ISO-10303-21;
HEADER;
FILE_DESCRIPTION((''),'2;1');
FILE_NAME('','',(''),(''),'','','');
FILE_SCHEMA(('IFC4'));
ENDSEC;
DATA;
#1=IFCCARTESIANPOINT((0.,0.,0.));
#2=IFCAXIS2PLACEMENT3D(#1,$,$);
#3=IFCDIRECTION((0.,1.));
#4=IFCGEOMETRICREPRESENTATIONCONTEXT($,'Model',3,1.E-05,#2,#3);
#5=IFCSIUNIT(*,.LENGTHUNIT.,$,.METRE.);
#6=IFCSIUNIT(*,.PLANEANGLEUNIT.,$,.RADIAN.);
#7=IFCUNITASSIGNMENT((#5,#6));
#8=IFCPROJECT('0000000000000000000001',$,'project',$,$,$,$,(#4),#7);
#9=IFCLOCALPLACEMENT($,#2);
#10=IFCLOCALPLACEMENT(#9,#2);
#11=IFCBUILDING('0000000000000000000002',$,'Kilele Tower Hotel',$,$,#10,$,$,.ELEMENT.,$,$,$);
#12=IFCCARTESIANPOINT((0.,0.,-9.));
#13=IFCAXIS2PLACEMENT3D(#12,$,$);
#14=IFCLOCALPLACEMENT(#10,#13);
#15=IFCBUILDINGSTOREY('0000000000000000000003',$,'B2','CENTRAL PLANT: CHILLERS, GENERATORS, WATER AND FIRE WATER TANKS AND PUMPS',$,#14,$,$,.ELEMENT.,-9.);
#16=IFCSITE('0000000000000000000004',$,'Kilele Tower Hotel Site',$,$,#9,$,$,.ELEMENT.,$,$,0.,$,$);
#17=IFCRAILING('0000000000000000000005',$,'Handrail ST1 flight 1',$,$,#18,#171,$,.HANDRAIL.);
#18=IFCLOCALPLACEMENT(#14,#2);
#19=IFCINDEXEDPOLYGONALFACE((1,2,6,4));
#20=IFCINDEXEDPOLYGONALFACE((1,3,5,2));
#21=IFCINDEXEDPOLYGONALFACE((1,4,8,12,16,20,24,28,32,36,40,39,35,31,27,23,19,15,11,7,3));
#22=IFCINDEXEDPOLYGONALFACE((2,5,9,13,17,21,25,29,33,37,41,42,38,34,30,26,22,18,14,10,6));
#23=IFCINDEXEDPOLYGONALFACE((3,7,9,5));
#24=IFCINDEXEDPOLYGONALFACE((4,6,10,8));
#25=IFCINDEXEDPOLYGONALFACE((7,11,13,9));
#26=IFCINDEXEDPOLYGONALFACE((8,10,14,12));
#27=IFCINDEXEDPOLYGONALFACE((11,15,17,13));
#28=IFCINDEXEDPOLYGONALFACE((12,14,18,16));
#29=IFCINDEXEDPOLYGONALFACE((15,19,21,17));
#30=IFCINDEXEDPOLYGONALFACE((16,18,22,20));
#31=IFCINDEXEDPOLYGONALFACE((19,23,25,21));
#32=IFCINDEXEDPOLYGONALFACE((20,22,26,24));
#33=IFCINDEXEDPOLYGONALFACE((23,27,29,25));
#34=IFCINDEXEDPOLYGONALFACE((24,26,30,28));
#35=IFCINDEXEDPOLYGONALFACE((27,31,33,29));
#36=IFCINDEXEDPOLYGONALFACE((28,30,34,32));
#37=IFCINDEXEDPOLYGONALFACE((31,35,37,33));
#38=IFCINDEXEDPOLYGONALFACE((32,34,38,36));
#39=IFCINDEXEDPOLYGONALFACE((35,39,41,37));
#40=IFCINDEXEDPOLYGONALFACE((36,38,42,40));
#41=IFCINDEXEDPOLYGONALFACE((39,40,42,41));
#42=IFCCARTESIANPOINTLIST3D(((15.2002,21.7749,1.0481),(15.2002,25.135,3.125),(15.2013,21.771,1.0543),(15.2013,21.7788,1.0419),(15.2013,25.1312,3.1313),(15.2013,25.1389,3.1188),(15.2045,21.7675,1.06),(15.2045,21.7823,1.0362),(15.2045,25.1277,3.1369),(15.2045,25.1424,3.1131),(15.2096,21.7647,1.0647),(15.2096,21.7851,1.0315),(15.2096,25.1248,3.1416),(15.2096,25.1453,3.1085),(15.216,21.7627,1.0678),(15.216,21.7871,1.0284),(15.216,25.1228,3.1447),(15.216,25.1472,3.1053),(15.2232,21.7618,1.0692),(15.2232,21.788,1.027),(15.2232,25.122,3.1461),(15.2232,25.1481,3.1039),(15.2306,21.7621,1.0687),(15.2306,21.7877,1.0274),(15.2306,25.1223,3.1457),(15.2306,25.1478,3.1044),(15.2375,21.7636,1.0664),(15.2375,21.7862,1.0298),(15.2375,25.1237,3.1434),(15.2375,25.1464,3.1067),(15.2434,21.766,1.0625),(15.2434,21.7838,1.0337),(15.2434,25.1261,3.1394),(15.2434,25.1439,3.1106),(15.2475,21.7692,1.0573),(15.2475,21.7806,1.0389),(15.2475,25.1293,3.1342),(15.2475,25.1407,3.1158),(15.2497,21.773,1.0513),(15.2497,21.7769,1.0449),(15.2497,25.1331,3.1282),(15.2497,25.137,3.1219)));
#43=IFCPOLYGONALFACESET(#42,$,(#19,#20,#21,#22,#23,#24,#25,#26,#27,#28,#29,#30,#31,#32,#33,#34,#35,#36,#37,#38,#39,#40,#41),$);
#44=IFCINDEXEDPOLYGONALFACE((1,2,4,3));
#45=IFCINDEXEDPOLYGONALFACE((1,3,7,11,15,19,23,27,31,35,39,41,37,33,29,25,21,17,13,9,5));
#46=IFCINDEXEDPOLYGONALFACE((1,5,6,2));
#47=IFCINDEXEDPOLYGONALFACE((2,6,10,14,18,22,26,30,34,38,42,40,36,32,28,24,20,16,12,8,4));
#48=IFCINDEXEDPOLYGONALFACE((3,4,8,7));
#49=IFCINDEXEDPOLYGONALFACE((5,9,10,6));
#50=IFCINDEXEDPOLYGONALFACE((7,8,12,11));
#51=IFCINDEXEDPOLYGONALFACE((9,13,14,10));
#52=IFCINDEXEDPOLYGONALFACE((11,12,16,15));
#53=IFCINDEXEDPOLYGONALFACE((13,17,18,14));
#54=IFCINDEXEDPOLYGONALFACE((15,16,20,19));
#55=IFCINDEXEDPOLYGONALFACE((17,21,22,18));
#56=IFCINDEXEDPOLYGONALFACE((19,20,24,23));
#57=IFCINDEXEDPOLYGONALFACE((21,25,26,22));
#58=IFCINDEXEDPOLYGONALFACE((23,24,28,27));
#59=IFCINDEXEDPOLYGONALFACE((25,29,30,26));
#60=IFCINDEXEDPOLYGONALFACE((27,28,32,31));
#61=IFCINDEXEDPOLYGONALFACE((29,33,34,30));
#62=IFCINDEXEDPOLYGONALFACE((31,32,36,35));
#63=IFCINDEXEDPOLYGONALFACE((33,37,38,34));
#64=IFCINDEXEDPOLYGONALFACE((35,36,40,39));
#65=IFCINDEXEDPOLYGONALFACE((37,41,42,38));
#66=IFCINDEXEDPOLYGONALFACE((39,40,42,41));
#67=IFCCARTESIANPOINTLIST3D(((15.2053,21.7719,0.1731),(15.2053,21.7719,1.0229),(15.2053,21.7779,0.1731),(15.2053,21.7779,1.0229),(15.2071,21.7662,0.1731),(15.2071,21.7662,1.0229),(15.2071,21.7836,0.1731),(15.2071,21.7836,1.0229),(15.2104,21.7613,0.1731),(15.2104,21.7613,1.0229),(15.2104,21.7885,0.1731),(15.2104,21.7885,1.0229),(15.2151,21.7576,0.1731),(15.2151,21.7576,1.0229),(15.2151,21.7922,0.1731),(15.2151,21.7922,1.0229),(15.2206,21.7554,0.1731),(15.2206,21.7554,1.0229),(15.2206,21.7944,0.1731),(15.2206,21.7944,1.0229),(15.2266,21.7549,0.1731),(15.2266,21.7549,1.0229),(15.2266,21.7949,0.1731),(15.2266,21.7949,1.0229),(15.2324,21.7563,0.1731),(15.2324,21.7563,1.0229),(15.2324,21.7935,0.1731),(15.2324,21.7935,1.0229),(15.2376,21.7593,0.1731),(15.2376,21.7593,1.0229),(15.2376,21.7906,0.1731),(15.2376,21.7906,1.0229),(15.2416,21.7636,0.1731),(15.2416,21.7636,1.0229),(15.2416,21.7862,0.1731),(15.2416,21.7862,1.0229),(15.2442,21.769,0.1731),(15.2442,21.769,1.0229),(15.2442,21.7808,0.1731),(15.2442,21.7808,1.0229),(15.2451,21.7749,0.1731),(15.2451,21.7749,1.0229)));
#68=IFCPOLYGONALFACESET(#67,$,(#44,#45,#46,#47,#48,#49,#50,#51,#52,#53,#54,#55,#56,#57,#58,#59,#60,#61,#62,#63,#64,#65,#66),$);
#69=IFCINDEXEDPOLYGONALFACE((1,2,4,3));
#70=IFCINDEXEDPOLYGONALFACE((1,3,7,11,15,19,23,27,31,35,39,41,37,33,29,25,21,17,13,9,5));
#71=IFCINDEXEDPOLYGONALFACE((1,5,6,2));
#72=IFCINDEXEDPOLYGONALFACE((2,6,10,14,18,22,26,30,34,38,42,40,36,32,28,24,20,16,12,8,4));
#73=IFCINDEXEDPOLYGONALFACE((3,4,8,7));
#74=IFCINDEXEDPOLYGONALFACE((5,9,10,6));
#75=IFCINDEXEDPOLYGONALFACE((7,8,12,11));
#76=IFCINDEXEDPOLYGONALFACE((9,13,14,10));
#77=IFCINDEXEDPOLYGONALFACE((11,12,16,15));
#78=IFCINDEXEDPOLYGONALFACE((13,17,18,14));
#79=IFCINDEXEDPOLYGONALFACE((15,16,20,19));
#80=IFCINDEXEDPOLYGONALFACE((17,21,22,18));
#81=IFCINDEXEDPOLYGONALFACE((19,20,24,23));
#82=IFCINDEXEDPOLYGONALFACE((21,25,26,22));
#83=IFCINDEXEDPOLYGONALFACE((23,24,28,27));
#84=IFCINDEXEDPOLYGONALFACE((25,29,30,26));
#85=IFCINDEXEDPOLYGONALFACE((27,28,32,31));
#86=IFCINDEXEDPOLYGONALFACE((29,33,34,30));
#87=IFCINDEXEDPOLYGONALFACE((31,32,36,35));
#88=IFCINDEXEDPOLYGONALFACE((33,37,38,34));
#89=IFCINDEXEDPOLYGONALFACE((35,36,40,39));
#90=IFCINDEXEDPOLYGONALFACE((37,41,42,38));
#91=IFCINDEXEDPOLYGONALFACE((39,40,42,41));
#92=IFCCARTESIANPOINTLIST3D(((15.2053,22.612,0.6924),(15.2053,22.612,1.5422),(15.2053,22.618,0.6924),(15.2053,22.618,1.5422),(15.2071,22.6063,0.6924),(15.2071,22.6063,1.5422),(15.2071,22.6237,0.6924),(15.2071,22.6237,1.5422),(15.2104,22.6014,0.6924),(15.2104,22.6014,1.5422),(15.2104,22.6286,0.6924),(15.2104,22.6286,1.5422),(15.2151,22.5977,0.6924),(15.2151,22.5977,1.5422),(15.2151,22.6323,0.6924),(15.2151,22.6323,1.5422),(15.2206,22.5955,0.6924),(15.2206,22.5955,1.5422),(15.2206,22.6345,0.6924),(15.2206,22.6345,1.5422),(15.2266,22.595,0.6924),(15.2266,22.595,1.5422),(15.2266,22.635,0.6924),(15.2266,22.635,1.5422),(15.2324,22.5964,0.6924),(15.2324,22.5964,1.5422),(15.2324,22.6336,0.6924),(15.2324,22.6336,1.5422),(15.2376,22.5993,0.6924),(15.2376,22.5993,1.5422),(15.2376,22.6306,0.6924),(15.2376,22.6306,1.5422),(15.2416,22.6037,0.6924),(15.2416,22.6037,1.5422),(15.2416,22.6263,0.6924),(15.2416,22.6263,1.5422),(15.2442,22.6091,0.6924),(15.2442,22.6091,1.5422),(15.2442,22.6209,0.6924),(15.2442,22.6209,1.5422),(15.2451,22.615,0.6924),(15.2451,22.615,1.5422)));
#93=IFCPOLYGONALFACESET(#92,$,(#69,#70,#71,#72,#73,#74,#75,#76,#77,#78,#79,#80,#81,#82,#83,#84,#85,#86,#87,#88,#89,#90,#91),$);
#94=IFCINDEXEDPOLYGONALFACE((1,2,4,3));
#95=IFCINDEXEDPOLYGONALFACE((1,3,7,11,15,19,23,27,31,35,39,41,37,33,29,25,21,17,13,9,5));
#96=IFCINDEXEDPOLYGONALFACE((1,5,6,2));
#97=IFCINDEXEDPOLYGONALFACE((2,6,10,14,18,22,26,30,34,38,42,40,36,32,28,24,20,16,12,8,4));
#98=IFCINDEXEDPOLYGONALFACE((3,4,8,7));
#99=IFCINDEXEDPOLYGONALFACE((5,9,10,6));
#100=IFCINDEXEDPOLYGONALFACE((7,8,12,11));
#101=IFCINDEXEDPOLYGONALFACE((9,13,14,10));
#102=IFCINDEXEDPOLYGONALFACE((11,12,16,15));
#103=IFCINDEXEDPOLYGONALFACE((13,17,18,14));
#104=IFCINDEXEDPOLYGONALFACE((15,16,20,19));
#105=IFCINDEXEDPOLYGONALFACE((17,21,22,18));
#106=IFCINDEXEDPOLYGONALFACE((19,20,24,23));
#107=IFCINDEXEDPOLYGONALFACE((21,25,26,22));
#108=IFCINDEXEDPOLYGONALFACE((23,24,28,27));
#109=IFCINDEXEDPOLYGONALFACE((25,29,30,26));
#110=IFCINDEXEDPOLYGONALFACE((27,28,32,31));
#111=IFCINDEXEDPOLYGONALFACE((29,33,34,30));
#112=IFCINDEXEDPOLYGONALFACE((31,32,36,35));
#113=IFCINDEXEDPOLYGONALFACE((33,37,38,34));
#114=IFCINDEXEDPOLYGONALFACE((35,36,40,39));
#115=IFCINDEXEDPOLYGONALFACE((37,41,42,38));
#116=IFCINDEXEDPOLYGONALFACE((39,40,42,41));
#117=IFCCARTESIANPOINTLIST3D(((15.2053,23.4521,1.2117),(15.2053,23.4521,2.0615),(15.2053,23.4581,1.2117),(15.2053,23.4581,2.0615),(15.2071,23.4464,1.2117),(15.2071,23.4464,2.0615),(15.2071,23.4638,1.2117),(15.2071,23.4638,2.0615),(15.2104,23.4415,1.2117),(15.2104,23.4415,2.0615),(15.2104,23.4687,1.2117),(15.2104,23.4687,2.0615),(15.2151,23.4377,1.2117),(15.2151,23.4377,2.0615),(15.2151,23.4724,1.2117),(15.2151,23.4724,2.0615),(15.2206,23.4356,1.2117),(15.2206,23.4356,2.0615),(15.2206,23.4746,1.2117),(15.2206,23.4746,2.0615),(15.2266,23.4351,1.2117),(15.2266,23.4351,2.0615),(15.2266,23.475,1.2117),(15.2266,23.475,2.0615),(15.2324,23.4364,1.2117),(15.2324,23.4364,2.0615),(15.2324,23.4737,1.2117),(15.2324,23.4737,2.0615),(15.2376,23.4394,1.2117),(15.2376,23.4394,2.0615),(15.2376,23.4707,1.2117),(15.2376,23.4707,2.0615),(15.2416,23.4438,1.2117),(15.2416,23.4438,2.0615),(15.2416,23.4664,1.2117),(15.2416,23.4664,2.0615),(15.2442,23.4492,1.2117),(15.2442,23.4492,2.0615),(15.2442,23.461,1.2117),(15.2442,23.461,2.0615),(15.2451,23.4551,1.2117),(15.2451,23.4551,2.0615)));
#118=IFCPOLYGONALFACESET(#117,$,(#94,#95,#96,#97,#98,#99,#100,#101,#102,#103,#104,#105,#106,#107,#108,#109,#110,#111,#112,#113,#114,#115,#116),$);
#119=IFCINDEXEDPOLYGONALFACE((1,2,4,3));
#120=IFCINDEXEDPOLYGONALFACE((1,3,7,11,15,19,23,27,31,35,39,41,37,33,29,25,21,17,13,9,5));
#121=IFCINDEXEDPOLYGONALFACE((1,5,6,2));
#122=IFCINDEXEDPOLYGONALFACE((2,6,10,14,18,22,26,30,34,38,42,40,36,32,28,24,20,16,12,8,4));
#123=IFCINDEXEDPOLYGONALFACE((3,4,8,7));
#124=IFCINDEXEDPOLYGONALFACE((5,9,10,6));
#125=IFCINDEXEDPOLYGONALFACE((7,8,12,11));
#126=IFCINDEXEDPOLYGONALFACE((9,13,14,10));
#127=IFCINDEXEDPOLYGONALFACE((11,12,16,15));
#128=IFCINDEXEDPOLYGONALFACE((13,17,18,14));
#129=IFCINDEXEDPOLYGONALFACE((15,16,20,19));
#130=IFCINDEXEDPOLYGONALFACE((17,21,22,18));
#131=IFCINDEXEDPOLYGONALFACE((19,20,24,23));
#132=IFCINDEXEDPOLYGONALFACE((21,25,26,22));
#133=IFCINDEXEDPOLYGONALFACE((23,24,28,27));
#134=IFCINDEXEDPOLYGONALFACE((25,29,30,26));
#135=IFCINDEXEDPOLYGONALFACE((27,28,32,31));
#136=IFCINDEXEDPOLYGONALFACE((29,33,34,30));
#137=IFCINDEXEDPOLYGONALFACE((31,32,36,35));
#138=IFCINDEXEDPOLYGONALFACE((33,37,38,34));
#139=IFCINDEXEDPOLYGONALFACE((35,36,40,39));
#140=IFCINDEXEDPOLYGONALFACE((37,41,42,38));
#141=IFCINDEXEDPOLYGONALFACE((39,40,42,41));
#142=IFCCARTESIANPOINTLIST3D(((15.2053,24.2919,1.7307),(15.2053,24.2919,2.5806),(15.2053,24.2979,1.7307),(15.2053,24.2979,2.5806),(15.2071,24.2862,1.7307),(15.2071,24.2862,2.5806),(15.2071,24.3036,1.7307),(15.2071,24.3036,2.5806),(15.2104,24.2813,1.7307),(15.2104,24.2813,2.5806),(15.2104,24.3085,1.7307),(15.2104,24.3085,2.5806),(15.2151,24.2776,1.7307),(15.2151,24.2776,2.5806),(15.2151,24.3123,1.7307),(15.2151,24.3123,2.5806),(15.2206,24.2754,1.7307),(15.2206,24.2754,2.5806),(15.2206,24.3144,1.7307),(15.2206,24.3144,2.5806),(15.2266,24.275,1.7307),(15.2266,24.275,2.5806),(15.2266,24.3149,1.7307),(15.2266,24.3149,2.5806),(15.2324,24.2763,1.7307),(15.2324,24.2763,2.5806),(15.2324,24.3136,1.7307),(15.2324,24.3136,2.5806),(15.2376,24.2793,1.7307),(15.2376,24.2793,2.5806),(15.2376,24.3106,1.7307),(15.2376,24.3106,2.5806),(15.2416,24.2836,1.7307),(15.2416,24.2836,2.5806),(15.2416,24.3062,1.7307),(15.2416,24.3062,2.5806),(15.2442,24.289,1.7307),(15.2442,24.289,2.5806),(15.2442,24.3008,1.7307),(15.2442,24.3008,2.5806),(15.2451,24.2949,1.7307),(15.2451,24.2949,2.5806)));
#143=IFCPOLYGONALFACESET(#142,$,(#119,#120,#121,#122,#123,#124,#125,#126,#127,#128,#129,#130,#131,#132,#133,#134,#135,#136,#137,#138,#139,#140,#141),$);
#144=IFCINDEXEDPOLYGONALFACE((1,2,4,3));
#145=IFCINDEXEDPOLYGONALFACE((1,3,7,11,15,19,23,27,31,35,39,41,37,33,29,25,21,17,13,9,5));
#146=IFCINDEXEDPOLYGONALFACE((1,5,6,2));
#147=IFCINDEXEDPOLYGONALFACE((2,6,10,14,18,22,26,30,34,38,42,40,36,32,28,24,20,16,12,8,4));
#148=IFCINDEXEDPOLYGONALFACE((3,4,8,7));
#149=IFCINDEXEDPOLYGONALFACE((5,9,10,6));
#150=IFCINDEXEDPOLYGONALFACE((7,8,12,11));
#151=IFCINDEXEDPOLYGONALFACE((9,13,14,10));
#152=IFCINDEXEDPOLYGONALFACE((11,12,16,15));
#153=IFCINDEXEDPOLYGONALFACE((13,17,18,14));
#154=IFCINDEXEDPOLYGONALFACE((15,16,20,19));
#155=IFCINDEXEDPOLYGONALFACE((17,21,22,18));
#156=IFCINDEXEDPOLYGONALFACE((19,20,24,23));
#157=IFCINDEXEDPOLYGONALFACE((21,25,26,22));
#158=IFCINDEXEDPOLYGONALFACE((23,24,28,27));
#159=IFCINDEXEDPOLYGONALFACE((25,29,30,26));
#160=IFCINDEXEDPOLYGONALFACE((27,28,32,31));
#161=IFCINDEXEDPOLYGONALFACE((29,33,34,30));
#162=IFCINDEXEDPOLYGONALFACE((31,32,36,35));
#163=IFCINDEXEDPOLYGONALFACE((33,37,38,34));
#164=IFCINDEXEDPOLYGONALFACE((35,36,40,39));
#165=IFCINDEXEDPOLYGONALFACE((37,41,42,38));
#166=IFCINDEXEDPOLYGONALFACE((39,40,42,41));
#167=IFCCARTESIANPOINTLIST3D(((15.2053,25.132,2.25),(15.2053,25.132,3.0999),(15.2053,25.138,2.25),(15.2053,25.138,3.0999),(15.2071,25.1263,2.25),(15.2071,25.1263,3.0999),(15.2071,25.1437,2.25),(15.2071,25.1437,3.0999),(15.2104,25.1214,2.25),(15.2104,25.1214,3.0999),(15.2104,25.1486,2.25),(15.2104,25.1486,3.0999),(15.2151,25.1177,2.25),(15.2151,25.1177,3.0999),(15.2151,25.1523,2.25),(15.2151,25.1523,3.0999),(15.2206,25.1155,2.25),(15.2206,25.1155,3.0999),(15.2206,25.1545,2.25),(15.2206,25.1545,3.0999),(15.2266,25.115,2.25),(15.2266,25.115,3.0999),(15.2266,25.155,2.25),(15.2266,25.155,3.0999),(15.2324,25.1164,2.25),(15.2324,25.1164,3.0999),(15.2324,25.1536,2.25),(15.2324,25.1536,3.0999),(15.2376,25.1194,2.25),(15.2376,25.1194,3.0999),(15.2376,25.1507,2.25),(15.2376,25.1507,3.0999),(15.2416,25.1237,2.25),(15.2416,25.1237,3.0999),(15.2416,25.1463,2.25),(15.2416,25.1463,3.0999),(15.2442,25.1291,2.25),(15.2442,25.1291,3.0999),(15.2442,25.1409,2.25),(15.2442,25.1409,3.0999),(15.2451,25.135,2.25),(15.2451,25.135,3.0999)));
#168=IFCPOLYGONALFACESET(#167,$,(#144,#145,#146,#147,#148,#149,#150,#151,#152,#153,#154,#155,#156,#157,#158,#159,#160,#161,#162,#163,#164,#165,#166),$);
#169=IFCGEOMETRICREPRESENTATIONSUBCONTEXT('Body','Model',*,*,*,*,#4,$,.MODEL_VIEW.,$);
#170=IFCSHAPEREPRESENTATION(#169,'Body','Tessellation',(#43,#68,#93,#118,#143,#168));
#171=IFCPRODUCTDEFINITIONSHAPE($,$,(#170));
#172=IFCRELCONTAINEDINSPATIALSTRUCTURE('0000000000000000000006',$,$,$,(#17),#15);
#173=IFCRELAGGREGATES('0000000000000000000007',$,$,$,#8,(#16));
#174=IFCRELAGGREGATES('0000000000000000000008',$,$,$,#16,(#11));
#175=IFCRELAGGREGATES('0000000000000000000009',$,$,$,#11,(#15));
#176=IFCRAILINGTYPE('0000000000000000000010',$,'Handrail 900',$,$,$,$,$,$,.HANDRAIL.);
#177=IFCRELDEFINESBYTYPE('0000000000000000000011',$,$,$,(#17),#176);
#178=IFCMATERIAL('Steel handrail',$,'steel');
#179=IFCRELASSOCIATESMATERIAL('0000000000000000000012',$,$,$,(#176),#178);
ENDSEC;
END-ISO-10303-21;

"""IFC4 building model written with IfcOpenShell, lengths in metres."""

from ifc_helpers import new_model, si_unit, direction, frame, origin, origin_2d, place, context, subcontext, project, spatial, circle, extrude, material, type_object, element, save


model = new_model("IFC4")

# Units and contexts
model_context = context("Model", 3, precision=1e-05, world=origin(), true_north=direction((0.0, 1.0)))
body_context = subcontext(model_context, "Body", "Model", "MODEL_VIEW")
ifc_project = project(units=[si_unit("LENGTHUNIT", "METRE"), si_unit("PLANEANGLEUNIT", "RADIAN")], contexts=[model_context])

# Site, building, storey
site_placement = place(None, origin())
site = spatial("IfcSite", under=ifc_project, at=site_placement, Name="Kilele Tower Hotel Site", CompositionType="ELEMENT", RefElevation=0.0)
building_placement = place(site_placement, origin())
building = spatial("IfcBuilding", under=site, at=building_placement, Name="Kilele Tower Hotel", CompositionType="ELEMENT")
storey_placement = place(building_placement, frame((0.0, 0.0, -9.0)))
storey = spatial("IfcBuildingStorey", under=building, at=storey_placement, Name="B2", Description="CENTRAL PLANT: CHILLERS, GENERATORS, WATER AND FIRE WATER TANKS AND PUMPS", CompositionType="ELEMENT", Elevation=-9.0)

# Railing
ifc_material_1 = material(Name="Steel handrail", Category="steel")
railing_type_1 = type_object("IfcRailingType", Name="Handrail 900", PredefinedType="HANDRAIL", material=ifc_material_1)
railing_1_placement = place(storey_placement, frame((15.2251, 21.7749, 0.1731)))
element("IfcRailing", 1, at=railing_1_placement, inside=storey, type_object=railing_type_1, Name="Handrail ST1 flight 1", PredefinedType="HANDRAIL", context=body_context, shape_type="SweptSolid", body=[
    extrude(circle(Radius=0.0249, at=origin_2d()), frame((0.0, 0.0, 0.875), z_axis=(0.0, 0.850623, 0.525776), x_axis=(-1.0, 0.0, 0.0)), (0.0, 0.0, 1.0), 3.9502),
    extrude(circle(Radius=0.02, at=origin_2d()), origin(), (0.0, 0.0, 1.0), 0.8499),
    extrude(circle(Radius=0.02, at=origin_2d()), frame((0.0, 0.8401, 0.5193)), (0.0, 0.0, 1.0), 0.8499),
    extrude(circle(Radius=0.02, at=origin_2d()), frame((0.0, 1.6802, 1.0386)), (0.0, 0.0, 1.0), 0.8499),
    extrude(circle(Radius=0.02, at=origin_2d()), frame((0.0, 2.52, 1.5576)), (0.0, 0.0, 1.0), 0.8499),
    extrude(circle(Radius=0.02, at=origin_2d()), frame((0.0, 3.3601, 2.0769)), (0.0, 0.0, 1.0), 0.8499),
])

save(model, "model.ifc")
